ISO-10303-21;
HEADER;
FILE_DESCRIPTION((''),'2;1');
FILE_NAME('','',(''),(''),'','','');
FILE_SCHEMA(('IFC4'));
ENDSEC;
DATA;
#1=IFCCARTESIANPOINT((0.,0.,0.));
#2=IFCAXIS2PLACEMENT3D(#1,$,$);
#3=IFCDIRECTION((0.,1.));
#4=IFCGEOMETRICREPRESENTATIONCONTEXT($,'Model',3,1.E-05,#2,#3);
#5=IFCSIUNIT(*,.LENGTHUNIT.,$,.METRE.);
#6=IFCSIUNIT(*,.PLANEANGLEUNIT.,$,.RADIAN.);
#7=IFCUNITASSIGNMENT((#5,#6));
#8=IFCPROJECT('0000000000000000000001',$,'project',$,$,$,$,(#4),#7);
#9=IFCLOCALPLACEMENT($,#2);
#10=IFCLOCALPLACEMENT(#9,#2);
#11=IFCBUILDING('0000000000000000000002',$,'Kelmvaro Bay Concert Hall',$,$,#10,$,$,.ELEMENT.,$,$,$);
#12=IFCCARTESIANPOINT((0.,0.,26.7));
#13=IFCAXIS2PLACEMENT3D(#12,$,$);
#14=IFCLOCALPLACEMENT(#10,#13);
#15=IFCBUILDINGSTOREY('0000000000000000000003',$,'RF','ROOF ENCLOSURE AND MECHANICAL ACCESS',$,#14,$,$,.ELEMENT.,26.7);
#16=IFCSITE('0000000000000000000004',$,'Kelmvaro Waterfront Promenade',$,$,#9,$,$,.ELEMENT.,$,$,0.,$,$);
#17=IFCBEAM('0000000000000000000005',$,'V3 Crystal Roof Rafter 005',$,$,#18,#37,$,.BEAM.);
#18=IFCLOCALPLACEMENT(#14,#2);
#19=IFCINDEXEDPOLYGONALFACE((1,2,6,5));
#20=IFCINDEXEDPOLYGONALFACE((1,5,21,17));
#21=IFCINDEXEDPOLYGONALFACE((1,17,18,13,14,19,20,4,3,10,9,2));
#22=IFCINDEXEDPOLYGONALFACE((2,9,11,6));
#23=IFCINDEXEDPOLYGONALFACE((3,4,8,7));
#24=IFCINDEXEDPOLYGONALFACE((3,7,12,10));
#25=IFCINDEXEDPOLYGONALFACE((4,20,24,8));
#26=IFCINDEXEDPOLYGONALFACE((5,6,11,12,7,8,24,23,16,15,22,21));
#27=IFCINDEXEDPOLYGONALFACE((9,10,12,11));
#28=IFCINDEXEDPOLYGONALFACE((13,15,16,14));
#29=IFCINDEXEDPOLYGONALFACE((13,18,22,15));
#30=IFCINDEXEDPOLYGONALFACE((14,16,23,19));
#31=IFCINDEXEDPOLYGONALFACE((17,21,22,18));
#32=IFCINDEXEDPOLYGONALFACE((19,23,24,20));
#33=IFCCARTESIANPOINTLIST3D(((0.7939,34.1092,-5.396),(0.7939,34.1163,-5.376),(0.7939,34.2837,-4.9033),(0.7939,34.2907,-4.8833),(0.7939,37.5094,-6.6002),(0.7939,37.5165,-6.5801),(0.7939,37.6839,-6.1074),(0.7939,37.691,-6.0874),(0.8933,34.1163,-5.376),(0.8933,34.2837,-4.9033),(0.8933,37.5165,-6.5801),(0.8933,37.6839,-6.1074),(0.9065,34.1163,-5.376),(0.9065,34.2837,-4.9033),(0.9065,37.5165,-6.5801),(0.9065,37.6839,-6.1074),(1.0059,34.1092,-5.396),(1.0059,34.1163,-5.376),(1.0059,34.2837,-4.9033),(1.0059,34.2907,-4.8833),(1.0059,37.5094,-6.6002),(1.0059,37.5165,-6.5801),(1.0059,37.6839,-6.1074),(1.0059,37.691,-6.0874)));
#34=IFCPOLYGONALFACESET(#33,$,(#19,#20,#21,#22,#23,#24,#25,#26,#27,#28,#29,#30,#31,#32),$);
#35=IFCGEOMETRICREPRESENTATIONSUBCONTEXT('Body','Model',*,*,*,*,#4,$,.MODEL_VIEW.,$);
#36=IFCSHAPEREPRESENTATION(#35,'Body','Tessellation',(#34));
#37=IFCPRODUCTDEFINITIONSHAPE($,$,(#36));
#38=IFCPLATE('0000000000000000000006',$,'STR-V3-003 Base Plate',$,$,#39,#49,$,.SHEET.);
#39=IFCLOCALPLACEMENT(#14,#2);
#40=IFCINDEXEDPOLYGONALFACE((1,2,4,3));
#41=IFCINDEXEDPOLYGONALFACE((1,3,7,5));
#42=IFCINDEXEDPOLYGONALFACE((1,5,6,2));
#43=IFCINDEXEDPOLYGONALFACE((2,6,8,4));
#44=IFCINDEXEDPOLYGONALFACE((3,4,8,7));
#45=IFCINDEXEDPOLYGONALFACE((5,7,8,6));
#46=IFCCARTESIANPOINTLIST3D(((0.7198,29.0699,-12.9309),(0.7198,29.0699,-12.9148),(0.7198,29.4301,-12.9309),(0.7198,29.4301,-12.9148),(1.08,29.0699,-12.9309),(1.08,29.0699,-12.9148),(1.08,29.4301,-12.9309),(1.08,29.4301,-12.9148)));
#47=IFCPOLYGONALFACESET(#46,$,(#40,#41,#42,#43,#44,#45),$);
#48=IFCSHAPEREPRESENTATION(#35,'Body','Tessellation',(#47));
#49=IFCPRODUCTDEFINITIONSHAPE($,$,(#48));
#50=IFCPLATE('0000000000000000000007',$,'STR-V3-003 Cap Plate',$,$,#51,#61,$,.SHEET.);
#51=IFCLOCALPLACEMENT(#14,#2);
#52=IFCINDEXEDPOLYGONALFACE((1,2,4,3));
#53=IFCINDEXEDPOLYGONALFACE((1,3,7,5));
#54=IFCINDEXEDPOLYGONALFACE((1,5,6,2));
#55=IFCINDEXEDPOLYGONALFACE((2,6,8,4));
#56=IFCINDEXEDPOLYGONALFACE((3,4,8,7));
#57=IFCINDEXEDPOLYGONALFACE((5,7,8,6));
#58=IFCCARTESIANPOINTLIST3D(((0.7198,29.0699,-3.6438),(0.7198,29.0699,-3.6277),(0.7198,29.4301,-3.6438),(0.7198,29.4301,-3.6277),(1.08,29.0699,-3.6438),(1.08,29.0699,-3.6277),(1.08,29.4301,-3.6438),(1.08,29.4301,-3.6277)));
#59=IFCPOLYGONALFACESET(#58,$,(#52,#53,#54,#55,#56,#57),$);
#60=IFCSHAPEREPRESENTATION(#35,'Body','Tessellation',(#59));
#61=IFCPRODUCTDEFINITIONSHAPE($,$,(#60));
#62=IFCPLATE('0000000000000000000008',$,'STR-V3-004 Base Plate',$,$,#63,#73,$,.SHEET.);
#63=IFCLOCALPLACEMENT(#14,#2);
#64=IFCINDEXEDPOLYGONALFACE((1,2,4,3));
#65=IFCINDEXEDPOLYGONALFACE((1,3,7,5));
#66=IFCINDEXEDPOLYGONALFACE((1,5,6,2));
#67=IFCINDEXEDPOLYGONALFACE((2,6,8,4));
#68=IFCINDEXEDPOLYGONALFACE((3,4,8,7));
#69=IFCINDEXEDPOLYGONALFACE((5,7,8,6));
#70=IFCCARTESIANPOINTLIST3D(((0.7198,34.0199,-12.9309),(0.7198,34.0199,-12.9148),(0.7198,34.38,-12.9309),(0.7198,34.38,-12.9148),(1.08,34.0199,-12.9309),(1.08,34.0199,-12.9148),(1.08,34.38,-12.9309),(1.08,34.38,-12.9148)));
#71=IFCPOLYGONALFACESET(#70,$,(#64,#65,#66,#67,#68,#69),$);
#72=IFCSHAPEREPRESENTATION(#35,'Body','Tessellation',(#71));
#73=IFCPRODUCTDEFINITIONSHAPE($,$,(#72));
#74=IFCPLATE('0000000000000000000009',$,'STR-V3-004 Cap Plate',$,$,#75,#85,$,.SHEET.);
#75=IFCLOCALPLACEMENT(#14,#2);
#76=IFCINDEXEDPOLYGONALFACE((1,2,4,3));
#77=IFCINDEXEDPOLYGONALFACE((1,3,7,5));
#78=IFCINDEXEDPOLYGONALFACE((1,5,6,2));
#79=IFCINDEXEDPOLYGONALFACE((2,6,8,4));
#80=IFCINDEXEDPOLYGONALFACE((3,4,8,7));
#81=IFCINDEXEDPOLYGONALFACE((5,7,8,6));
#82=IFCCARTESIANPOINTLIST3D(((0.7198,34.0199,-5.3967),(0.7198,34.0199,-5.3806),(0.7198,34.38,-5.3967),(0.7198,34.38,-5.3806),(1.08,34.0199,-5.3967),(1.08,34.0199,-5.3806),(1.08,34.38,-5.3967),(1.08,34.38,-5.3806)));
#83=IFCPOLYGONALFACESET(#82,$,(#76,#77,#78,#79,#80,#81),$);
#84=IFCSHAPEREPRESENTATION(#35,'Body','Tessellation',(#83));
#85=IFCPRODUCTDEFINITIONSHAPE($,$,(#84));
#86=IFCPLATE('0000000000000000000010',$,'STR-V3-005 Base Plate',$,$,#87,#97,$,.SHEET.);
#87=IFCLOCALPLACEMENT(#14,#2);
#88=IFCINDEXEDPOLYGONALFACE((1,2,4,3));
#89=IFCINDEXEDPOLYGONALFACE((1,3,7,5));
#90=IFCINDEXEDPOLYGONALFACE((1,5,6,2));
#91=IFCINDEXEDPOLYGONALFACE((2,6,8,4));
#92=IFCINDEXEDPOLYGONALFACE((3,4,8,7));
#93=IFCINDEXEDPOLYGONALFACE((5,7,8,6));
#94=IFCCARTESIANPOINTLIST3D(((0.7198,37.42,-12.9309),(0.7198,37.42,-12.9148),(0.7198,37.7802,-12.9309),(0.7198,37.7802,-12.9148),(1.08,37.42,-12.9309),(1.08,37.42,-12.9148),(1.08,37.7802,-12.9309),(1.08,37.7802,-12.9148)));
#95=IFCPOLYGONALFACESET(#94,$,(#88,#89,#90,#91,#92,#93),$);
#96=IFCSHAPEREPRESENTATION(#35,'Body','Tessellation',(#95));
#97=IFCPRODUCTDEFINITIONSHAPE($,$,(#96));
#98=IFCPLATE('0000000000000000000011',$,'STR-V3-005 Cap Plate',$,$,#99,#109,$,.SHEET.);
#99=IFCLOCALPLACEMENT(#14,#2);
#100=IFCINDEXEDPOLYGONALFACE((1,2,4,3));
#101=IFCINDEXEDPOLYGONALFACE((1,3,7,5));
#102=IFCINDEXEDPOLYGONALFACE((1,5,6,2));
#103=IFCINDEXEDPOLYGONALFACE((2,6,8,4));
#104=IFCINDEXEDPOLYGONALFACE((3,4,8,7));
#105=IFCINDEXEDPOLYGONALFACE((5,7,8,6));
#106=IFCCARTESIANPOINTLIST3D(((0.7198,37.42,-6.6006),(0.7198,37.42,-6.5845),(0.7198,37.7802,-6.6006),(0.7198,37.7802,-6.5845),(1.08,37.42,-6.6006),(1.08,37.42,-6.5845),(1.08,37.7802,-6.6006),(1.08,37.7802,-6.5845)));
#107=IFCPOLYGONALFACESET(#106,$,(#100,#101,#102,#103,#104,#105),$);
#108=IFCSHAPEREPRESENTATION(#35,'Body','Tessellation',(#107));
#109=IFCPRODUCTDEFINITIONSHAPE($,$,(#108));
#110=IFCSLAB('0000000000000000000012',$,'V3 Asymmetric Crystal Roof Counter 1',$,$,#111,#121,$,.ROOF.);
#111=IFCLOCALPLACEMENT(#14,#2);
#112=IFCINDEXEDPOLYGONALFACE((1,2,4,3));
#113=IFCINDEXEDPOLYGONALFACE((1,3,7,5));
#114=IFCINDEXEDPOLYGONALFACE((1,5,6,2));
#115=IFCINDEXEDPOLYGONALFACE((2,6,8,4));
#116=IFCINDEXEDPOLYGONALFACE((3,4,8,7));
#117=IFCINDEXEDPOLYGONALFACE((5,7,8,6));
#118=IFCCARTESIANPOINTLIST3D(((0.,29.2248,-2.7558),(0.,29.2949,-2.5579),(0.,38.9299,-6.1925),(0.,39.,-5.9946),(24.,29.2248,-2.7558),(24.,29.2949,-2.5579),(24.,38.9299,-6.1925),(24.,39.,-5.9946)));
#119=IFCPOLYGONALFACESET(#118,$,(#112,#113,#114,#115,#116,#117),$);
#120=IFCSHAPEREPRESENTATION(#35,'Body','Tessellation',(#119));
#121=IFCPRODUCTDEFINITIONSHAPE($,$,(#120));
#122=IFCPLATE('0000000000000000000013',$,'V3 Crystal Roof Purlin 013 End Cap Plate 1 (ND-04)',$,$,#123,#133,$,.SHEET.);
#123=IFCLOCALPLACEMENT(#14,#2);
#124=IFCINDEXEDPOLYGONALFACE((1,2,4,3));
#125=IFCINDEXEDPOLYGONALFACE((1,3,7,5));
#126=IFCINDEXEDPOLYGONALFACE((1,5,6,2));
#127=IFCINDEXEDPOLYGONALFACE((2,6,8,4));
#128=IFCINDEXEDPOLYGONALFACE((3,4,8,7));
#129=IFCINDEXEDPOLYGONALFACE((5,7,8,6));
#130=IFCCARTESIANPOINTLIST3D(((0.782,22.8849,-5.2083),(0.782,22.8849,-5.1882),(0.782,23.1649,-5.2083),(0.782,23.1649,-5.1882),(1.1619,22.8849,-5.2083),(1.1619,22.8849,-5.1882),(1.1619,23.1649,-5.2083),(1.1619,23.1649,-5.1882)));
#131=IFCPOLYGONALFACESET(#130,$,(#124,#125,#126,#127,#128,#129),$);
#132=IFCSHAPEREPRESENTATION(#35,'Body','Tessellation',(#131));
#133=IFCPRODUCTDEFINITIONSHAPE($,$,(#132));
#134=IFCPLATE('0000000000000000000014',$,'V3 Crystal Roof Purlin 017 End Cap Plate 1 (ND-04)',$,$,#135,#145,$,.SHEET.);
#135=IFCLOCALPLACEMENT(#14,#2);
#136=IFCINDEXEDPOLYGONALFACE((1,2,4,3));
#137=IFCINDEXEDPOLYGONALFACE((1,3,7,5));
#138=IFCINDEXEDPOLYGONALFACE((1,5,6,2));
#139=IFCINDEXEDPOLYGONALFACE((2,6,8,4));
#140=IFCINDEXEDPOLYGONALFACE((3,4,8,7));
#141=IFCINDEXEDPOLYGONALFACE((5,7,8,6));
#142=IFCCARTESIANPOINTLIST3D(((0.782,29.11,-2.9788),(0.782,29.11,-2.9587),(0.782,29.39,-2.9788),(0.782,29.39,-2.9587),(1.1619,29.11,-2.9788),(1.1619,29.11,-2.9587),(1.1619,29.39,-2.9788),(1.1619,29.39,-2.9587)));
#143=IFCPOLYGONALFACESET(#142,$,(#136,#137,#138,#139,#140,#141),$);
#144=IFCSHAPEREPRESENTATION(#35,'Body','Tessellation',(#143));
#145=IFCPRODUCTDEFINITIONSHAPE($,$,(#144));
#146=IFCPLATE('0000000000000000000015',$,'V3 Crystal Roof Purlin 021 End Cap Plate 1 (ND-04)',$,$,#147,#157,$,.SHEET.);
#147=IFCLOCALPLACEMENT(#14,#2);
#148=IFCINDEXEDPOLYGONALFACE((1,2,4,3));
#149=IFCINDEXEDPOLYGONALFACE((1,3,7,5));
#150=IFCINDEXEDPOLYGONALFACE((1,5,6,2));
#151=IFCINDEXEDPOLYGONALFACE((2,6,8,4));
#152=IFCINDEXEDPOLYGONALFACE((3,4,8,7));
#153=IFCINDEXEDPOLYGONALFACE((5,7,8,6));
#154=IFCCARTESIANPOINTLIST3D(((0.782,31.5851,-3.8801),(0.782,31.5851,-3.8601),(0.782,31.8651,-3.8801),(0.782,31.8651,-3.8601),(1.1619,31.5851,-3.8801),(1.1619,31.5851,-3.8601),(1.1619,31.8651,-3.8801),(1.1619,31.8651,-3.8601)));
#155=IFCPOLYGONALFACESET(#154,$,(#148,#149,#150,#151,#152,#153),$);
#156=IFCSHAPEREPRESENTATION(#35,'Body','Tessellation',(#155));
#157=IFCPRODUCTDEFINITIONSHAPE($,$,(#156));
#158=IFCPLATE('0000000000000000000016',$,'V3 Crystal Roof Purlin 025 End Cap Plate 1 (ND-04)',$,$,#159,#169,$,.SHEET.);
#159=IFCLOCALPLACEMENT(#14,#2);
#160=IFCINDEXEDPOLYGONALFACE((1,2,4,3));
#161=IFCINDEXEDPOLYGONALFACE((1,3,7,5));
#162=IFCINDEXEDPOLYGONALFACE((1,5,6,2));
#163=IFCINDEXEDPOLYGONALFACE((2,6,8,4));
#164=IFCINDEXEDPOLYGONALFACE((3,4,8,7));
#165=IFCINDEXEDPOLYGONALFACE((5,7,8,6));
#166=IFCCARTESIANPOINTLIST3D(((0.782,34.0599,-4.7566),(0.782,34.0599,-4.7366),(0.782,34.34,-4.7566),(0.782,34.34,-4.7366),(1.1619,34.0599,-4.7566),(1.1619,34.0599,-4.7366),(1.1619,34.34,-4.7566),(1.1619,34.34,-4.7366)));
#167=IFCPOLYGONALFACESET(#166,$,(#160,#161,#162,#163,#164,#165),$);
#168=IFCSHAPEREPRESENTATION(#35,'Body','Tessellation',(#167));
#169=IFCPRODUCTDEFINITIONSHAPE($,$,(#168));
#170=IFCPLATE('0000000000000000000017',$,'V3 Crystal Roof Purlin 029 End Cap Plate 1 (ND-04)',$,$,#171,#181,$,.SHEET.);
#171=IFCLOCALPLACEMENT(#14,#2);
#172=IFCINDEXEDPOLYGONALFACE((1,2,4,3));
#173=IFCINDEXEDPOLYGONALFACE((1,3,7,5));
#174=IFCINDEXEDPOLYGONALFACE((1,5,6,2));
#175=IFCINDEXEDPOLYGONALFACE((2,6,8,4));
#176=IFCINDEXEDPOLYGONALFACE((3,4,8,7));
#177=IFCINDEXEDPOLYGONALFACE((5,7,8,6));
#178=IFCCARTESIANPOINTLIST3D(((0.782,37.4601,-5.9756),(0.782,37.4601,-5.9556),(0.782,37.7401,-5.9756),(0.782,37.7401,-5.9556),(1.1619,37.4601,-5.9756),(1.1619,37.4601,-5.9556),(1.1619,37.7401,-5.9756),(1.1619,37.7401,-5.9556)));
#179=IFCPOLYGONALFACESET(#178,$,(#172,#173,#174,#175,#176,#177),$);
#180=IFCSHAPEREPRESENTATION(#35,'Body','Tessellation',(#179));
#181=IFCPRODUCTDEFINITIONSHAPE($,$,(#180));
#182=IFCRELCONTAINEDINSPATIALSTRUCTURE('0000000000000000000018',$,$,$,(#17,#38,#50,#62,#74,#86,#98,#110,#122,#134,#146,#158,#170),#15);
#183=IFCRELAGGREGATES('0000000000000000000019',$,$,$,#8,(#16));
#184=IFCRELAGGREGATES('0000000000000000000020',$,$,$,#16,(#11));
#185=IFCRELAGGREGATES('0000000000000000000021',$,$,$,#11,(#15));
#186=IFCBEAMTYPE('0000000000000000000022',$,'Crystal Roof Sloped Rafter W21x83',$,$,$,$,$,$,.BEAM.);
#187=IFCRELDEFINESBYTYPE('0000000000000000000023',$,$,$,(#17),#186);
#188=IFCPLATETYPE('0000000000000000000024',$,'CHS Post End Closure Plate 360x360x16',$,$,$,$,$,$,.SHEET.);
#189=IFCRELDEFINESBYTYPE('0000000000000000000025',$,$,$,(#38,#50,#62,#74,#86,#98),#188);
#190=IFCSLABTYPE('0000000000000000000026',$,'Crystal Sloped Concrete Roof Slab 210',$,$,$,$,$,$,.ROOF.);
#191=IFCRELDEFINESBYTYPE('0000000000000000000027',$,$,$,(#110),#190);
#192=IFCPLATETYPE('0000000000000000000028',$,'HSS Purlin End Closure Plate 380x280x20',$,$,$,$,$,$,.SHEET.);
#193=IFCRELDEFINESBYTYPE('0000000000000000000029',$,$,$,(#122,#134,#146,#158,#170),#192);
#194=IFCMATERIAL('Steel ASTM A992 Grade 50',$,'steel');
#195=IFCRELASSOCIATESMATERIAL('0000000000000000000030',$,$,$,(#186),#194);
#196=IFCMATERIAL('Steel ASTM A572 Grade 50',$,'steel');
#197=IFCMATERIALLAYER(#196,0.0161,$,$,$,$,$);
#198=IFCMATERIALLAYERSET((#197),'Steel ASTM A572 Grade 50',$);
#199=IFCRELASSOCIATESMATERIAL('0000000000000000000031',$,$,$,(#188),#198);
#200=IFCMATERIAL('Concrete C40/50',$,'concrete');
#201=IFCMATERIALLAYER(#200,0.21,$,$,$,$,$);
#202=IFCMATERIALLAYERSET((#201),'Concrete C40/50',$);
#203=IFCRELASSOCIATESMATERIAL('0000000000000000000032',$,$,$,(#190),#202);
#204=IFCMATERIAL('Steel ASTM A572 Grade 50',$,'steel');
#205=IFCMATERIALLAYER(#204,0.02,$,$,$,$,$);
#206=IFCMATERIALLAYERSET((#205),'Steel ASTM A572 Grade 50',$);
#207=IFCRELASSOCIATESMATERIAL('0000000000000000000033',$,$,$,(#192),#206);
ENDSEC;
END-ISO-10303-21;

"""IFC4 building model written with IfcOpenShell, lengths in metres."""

from ifc_helpers import new_model, si_unit, direction, frame, origin, origin_2d, place, context, subcontext, project, spatial, polyline, rectangle, i_section, outline, extrude, material, layer, layer_set, material_profile, profile_set, type_object, element, save


model = new_model("IFC4")

# Units and contexts
model_context = context("Model", 3, precision=1e-05, world=origin(), true_north=direction((0.0, 1.0)))
body_context = subcontext(model_context, "Body", "Model", "MODEL_VIEW")
ifc_project = project(units=[si_unit("LENGTHUNIT", "METRE"), si_unit("PLANEANGLEUNIT", "RADIAN")], contexts=[model_context])

# Site, building, storey
site_placement = place(None, origin())
site = spatial("IfcSite", under=ifc_project, at=site_placement, Name="Kelmvaro Waterfront Promenade", CompositionType="ELEMENT", RefElevation=0.0)
building_placement = place(site_placement, origin())
building = spatial("IfcBuilding", under=site, at=building_placement, Name="Kelmvaro Bay Concert Hall", CompositionType="ELEMENT")
storey_placement = place(building_placement, frame((0.0, 0.0, 26.7)))
storey = spatial("IfcBuildingStorey", under=building, at=storey_placement, Name="RF", Description="ROOF ENCLOSURE AND MECHANICAL ACCESS", CompositionType="ELEMENT", Elevation=26.7)

# Beam
ifc_material_1 = material(Name="Steel ASTM A992 Grade 50", Category="steel")
ifc_material_profile_1 = material_profile(ifc_material_1, i_section(OverallWidth=0.2119, OverallDepth=0.5439, WebThickness=0.0132, FlangeThickness=0.0212, at=origin_2d()), Name="W21X83")
ifc_profile_set_1 = profile_set([ifc_material_profile_1], Name="Steel ASTM A992 Grade 50")
beam_type = type_object("IfcBeamType", Name="Crystal Roof Sloped Rafter W21x83", PredefinedType="BEAM", material=ifc_profile_set_1)
beam_1_placement = place(storey_placement, frame((0.8999, 34.2, -5.1396), z_axis=(0.0, 0.942637, -0.333818), x_axis=(-1.0, 0.0, 0.0)))
element("IfcBeam", 1, at=beam_1_placement, inside=storey, type_object=beam_type, Name="V3 Crystal Roof Rafter 005", PredefinedType="BEAM", context=body_context, shape_type="SweptSolid", body=[
    extrude(i_section(OverallWidth=0.2119, OverallDepth=0.5439, WebThickness=0.0132, FlangeThickness=0.0212, at=origin_2d()), origin(), (0.0, 0.0, 1.0), 3.6072),
])

# Plates
ifc_material_2 = material(Name="Steel ASTM A572 Grade 50", Category="steel")
ifc_layer_1 = layer(ifc_material_2, 0.0161)
ifc_layer_set_1 = layer_set([ifc_layer_1], Name="Steel ASTM A572 Grade 50")
plate_type_1 = type_object("IfcPlateType", Name="CHS Post End Closure Plate 360x360x16", PredefinedType="SHEET", material=ifc_layer_set_1)
for number, where, z_axis, x_axis, name in (
    (2, (0.8999, 29.25, -12.9309), (0.0, 0.0, 1.0), (1.0, 0.0, 0.0), "STR-V3-003 Base Plate"),
    (3, (0.8999, 29.25, -3.6438), (0.0, 0.0, 1.0), (1.0, 0.0, 0.0), "STR-V3-003 Cap Plate"),
    (4, (0.8999, 34.2, -12.9309), (0.0, 0.0, 1.0), (1.0, 0.0, 0.0), "STR-V3-004 Base Plate"),
    (5, (0.8999, 34.2, -5.3967), (0.0, 0.0, 1.0), (1.0, 0.0, 0.0), "STR-V3-004 Cap Plate"),
    (6, (0.8999, 37.6001, -12.9309), (0.0, 0.0, 1.0), (1.0, 0.0, 0.0), "STR-V3-005 Base Plate"),
    (7, (0.8999, 37.6001, -6.6006), (0.0, 0.0, 1.0), (1.0, 0.0, 0.0), "STR-V3-005 Cap Plate"),
):
    element("IfcPlate", number, at=place(storey_placement, frame(where, z_axis=z_axis, x_axis=x_axis)), inside=storey, type_object=plate_type_1, Name=name, PredefinedType="SHEET", context=body_context, shape_type="SweptSolid", body=[
        extrude(rectangle(XDim=0.3601, YDim=0.3601, at=origin_2d()), origin(), (0.0, 0.0, 1.0), 0.0161),
    ])

# Slab
ifc_material_3 = material(Name="Concrete C40/50", Category="concrete")
ifc_layer_2 = layer(ifc_material_3, 0.21)
ifc_layer_set_2 = layer_set([ifc_layer_2], Name="Concrete C40/50")
slab_type = type_object("IfcSlabType", Name="Crystal Sloped Concrete Roof Slab 210", PredefinedType="ROOF", material=ifc_layer_set_2)
slab_placement = place(storey_placement, frame((0.0, 29.2949, -2.5579), z_axis=(0.0, 0.333809, 0.942641), x_axis=(1.0, 0.0, 0.0)))
element("IfcSlab", 8, at=slab_placement, inside=storey, type_object=slab_type, Name="V3 Asymmetric Crystal Roof Counter 1", PredefinedType="ROOF", context=body_context, shape_type="SweptSolid", body=[
    extrude(outline(polyline([(0.0, 0.0), (24.0, 0.0), (24.0, 10.2956), (0.0, 10.2956), (0.0, 0.0)])), origin(), (0.0, 0.0, -1.0), 0.21),
])

# Plates
ifc_material_4 = material(Name="Steel ASTM A572 Grade 50", Category="steel")
ifc_layer_3 = layer(ifc_material_4, 0.02)
ifc_layer_set_3 = layer_set([ifc_layer_3], Name="Steel ASTM A572 Grade 50")
plate_type_2 = type_object("IfcPlateType", Name="HSS Purlin End Closure Plate 380x280x20", PredefinedType="SHEET", material=ifc_layer_set_3)
for number, where, z_axis, x_axis, name in (
    (9, (0.9719, 23.0249, -5.2083), (0.0, 0.0, 1.0), (1.0, 0.0, 0.0), "V3 Crystal Roof Purlin 013 End Cap Plate 1 (ND-04)"),
    (10, (0.9719, 29.25, -2.9788), (0.0, 0.0, 1.0), (1.0, 0.0, 0.0), "V3 Crystal Roof Purlin 017 End Cap Plate 1 (ND-04)"),
    (11, (0.9719, 31.7251, -3.8801), (0.0, 0.0, 1.0), (1.0, 0.0, 0.0), "V3 Crystal Roof Purlin 021 End Cap Plate 1 (ND-04)"),
    (12, (0.9719, 34.2, -4.7566), (0.0, 0.0, 1.0), (1.0, 0.0, 0.0), "V3 Crystal Roof Purlin 025 End Cap Plate 1 (ND-04)"),
    (13, (0.9719, 37.6001, -5.9756), (0.0, 0.0, 1.0), (1.0, 0.0, 0.0), "V3 Crystal Roof Purlin 029 End Cap Plate 1 (ND-04)"),
):
    element("IfcPlate", number, at=place(storey_placement, frame(where, z_axis=z_axis, x_axis=x_axis)), inside=storey, type_object=plate_type_2, Name=name, PredefinedType="SHEET", context=body_context, shape_type="SweptSolid", body=[
        extrude(rectangle(XDim=0.3799, YDim=0.28, at=origin_2d()), origin(), (0.0, 0.0, 1.0), 0.02),
    ])

save(model, "model.ifc")
